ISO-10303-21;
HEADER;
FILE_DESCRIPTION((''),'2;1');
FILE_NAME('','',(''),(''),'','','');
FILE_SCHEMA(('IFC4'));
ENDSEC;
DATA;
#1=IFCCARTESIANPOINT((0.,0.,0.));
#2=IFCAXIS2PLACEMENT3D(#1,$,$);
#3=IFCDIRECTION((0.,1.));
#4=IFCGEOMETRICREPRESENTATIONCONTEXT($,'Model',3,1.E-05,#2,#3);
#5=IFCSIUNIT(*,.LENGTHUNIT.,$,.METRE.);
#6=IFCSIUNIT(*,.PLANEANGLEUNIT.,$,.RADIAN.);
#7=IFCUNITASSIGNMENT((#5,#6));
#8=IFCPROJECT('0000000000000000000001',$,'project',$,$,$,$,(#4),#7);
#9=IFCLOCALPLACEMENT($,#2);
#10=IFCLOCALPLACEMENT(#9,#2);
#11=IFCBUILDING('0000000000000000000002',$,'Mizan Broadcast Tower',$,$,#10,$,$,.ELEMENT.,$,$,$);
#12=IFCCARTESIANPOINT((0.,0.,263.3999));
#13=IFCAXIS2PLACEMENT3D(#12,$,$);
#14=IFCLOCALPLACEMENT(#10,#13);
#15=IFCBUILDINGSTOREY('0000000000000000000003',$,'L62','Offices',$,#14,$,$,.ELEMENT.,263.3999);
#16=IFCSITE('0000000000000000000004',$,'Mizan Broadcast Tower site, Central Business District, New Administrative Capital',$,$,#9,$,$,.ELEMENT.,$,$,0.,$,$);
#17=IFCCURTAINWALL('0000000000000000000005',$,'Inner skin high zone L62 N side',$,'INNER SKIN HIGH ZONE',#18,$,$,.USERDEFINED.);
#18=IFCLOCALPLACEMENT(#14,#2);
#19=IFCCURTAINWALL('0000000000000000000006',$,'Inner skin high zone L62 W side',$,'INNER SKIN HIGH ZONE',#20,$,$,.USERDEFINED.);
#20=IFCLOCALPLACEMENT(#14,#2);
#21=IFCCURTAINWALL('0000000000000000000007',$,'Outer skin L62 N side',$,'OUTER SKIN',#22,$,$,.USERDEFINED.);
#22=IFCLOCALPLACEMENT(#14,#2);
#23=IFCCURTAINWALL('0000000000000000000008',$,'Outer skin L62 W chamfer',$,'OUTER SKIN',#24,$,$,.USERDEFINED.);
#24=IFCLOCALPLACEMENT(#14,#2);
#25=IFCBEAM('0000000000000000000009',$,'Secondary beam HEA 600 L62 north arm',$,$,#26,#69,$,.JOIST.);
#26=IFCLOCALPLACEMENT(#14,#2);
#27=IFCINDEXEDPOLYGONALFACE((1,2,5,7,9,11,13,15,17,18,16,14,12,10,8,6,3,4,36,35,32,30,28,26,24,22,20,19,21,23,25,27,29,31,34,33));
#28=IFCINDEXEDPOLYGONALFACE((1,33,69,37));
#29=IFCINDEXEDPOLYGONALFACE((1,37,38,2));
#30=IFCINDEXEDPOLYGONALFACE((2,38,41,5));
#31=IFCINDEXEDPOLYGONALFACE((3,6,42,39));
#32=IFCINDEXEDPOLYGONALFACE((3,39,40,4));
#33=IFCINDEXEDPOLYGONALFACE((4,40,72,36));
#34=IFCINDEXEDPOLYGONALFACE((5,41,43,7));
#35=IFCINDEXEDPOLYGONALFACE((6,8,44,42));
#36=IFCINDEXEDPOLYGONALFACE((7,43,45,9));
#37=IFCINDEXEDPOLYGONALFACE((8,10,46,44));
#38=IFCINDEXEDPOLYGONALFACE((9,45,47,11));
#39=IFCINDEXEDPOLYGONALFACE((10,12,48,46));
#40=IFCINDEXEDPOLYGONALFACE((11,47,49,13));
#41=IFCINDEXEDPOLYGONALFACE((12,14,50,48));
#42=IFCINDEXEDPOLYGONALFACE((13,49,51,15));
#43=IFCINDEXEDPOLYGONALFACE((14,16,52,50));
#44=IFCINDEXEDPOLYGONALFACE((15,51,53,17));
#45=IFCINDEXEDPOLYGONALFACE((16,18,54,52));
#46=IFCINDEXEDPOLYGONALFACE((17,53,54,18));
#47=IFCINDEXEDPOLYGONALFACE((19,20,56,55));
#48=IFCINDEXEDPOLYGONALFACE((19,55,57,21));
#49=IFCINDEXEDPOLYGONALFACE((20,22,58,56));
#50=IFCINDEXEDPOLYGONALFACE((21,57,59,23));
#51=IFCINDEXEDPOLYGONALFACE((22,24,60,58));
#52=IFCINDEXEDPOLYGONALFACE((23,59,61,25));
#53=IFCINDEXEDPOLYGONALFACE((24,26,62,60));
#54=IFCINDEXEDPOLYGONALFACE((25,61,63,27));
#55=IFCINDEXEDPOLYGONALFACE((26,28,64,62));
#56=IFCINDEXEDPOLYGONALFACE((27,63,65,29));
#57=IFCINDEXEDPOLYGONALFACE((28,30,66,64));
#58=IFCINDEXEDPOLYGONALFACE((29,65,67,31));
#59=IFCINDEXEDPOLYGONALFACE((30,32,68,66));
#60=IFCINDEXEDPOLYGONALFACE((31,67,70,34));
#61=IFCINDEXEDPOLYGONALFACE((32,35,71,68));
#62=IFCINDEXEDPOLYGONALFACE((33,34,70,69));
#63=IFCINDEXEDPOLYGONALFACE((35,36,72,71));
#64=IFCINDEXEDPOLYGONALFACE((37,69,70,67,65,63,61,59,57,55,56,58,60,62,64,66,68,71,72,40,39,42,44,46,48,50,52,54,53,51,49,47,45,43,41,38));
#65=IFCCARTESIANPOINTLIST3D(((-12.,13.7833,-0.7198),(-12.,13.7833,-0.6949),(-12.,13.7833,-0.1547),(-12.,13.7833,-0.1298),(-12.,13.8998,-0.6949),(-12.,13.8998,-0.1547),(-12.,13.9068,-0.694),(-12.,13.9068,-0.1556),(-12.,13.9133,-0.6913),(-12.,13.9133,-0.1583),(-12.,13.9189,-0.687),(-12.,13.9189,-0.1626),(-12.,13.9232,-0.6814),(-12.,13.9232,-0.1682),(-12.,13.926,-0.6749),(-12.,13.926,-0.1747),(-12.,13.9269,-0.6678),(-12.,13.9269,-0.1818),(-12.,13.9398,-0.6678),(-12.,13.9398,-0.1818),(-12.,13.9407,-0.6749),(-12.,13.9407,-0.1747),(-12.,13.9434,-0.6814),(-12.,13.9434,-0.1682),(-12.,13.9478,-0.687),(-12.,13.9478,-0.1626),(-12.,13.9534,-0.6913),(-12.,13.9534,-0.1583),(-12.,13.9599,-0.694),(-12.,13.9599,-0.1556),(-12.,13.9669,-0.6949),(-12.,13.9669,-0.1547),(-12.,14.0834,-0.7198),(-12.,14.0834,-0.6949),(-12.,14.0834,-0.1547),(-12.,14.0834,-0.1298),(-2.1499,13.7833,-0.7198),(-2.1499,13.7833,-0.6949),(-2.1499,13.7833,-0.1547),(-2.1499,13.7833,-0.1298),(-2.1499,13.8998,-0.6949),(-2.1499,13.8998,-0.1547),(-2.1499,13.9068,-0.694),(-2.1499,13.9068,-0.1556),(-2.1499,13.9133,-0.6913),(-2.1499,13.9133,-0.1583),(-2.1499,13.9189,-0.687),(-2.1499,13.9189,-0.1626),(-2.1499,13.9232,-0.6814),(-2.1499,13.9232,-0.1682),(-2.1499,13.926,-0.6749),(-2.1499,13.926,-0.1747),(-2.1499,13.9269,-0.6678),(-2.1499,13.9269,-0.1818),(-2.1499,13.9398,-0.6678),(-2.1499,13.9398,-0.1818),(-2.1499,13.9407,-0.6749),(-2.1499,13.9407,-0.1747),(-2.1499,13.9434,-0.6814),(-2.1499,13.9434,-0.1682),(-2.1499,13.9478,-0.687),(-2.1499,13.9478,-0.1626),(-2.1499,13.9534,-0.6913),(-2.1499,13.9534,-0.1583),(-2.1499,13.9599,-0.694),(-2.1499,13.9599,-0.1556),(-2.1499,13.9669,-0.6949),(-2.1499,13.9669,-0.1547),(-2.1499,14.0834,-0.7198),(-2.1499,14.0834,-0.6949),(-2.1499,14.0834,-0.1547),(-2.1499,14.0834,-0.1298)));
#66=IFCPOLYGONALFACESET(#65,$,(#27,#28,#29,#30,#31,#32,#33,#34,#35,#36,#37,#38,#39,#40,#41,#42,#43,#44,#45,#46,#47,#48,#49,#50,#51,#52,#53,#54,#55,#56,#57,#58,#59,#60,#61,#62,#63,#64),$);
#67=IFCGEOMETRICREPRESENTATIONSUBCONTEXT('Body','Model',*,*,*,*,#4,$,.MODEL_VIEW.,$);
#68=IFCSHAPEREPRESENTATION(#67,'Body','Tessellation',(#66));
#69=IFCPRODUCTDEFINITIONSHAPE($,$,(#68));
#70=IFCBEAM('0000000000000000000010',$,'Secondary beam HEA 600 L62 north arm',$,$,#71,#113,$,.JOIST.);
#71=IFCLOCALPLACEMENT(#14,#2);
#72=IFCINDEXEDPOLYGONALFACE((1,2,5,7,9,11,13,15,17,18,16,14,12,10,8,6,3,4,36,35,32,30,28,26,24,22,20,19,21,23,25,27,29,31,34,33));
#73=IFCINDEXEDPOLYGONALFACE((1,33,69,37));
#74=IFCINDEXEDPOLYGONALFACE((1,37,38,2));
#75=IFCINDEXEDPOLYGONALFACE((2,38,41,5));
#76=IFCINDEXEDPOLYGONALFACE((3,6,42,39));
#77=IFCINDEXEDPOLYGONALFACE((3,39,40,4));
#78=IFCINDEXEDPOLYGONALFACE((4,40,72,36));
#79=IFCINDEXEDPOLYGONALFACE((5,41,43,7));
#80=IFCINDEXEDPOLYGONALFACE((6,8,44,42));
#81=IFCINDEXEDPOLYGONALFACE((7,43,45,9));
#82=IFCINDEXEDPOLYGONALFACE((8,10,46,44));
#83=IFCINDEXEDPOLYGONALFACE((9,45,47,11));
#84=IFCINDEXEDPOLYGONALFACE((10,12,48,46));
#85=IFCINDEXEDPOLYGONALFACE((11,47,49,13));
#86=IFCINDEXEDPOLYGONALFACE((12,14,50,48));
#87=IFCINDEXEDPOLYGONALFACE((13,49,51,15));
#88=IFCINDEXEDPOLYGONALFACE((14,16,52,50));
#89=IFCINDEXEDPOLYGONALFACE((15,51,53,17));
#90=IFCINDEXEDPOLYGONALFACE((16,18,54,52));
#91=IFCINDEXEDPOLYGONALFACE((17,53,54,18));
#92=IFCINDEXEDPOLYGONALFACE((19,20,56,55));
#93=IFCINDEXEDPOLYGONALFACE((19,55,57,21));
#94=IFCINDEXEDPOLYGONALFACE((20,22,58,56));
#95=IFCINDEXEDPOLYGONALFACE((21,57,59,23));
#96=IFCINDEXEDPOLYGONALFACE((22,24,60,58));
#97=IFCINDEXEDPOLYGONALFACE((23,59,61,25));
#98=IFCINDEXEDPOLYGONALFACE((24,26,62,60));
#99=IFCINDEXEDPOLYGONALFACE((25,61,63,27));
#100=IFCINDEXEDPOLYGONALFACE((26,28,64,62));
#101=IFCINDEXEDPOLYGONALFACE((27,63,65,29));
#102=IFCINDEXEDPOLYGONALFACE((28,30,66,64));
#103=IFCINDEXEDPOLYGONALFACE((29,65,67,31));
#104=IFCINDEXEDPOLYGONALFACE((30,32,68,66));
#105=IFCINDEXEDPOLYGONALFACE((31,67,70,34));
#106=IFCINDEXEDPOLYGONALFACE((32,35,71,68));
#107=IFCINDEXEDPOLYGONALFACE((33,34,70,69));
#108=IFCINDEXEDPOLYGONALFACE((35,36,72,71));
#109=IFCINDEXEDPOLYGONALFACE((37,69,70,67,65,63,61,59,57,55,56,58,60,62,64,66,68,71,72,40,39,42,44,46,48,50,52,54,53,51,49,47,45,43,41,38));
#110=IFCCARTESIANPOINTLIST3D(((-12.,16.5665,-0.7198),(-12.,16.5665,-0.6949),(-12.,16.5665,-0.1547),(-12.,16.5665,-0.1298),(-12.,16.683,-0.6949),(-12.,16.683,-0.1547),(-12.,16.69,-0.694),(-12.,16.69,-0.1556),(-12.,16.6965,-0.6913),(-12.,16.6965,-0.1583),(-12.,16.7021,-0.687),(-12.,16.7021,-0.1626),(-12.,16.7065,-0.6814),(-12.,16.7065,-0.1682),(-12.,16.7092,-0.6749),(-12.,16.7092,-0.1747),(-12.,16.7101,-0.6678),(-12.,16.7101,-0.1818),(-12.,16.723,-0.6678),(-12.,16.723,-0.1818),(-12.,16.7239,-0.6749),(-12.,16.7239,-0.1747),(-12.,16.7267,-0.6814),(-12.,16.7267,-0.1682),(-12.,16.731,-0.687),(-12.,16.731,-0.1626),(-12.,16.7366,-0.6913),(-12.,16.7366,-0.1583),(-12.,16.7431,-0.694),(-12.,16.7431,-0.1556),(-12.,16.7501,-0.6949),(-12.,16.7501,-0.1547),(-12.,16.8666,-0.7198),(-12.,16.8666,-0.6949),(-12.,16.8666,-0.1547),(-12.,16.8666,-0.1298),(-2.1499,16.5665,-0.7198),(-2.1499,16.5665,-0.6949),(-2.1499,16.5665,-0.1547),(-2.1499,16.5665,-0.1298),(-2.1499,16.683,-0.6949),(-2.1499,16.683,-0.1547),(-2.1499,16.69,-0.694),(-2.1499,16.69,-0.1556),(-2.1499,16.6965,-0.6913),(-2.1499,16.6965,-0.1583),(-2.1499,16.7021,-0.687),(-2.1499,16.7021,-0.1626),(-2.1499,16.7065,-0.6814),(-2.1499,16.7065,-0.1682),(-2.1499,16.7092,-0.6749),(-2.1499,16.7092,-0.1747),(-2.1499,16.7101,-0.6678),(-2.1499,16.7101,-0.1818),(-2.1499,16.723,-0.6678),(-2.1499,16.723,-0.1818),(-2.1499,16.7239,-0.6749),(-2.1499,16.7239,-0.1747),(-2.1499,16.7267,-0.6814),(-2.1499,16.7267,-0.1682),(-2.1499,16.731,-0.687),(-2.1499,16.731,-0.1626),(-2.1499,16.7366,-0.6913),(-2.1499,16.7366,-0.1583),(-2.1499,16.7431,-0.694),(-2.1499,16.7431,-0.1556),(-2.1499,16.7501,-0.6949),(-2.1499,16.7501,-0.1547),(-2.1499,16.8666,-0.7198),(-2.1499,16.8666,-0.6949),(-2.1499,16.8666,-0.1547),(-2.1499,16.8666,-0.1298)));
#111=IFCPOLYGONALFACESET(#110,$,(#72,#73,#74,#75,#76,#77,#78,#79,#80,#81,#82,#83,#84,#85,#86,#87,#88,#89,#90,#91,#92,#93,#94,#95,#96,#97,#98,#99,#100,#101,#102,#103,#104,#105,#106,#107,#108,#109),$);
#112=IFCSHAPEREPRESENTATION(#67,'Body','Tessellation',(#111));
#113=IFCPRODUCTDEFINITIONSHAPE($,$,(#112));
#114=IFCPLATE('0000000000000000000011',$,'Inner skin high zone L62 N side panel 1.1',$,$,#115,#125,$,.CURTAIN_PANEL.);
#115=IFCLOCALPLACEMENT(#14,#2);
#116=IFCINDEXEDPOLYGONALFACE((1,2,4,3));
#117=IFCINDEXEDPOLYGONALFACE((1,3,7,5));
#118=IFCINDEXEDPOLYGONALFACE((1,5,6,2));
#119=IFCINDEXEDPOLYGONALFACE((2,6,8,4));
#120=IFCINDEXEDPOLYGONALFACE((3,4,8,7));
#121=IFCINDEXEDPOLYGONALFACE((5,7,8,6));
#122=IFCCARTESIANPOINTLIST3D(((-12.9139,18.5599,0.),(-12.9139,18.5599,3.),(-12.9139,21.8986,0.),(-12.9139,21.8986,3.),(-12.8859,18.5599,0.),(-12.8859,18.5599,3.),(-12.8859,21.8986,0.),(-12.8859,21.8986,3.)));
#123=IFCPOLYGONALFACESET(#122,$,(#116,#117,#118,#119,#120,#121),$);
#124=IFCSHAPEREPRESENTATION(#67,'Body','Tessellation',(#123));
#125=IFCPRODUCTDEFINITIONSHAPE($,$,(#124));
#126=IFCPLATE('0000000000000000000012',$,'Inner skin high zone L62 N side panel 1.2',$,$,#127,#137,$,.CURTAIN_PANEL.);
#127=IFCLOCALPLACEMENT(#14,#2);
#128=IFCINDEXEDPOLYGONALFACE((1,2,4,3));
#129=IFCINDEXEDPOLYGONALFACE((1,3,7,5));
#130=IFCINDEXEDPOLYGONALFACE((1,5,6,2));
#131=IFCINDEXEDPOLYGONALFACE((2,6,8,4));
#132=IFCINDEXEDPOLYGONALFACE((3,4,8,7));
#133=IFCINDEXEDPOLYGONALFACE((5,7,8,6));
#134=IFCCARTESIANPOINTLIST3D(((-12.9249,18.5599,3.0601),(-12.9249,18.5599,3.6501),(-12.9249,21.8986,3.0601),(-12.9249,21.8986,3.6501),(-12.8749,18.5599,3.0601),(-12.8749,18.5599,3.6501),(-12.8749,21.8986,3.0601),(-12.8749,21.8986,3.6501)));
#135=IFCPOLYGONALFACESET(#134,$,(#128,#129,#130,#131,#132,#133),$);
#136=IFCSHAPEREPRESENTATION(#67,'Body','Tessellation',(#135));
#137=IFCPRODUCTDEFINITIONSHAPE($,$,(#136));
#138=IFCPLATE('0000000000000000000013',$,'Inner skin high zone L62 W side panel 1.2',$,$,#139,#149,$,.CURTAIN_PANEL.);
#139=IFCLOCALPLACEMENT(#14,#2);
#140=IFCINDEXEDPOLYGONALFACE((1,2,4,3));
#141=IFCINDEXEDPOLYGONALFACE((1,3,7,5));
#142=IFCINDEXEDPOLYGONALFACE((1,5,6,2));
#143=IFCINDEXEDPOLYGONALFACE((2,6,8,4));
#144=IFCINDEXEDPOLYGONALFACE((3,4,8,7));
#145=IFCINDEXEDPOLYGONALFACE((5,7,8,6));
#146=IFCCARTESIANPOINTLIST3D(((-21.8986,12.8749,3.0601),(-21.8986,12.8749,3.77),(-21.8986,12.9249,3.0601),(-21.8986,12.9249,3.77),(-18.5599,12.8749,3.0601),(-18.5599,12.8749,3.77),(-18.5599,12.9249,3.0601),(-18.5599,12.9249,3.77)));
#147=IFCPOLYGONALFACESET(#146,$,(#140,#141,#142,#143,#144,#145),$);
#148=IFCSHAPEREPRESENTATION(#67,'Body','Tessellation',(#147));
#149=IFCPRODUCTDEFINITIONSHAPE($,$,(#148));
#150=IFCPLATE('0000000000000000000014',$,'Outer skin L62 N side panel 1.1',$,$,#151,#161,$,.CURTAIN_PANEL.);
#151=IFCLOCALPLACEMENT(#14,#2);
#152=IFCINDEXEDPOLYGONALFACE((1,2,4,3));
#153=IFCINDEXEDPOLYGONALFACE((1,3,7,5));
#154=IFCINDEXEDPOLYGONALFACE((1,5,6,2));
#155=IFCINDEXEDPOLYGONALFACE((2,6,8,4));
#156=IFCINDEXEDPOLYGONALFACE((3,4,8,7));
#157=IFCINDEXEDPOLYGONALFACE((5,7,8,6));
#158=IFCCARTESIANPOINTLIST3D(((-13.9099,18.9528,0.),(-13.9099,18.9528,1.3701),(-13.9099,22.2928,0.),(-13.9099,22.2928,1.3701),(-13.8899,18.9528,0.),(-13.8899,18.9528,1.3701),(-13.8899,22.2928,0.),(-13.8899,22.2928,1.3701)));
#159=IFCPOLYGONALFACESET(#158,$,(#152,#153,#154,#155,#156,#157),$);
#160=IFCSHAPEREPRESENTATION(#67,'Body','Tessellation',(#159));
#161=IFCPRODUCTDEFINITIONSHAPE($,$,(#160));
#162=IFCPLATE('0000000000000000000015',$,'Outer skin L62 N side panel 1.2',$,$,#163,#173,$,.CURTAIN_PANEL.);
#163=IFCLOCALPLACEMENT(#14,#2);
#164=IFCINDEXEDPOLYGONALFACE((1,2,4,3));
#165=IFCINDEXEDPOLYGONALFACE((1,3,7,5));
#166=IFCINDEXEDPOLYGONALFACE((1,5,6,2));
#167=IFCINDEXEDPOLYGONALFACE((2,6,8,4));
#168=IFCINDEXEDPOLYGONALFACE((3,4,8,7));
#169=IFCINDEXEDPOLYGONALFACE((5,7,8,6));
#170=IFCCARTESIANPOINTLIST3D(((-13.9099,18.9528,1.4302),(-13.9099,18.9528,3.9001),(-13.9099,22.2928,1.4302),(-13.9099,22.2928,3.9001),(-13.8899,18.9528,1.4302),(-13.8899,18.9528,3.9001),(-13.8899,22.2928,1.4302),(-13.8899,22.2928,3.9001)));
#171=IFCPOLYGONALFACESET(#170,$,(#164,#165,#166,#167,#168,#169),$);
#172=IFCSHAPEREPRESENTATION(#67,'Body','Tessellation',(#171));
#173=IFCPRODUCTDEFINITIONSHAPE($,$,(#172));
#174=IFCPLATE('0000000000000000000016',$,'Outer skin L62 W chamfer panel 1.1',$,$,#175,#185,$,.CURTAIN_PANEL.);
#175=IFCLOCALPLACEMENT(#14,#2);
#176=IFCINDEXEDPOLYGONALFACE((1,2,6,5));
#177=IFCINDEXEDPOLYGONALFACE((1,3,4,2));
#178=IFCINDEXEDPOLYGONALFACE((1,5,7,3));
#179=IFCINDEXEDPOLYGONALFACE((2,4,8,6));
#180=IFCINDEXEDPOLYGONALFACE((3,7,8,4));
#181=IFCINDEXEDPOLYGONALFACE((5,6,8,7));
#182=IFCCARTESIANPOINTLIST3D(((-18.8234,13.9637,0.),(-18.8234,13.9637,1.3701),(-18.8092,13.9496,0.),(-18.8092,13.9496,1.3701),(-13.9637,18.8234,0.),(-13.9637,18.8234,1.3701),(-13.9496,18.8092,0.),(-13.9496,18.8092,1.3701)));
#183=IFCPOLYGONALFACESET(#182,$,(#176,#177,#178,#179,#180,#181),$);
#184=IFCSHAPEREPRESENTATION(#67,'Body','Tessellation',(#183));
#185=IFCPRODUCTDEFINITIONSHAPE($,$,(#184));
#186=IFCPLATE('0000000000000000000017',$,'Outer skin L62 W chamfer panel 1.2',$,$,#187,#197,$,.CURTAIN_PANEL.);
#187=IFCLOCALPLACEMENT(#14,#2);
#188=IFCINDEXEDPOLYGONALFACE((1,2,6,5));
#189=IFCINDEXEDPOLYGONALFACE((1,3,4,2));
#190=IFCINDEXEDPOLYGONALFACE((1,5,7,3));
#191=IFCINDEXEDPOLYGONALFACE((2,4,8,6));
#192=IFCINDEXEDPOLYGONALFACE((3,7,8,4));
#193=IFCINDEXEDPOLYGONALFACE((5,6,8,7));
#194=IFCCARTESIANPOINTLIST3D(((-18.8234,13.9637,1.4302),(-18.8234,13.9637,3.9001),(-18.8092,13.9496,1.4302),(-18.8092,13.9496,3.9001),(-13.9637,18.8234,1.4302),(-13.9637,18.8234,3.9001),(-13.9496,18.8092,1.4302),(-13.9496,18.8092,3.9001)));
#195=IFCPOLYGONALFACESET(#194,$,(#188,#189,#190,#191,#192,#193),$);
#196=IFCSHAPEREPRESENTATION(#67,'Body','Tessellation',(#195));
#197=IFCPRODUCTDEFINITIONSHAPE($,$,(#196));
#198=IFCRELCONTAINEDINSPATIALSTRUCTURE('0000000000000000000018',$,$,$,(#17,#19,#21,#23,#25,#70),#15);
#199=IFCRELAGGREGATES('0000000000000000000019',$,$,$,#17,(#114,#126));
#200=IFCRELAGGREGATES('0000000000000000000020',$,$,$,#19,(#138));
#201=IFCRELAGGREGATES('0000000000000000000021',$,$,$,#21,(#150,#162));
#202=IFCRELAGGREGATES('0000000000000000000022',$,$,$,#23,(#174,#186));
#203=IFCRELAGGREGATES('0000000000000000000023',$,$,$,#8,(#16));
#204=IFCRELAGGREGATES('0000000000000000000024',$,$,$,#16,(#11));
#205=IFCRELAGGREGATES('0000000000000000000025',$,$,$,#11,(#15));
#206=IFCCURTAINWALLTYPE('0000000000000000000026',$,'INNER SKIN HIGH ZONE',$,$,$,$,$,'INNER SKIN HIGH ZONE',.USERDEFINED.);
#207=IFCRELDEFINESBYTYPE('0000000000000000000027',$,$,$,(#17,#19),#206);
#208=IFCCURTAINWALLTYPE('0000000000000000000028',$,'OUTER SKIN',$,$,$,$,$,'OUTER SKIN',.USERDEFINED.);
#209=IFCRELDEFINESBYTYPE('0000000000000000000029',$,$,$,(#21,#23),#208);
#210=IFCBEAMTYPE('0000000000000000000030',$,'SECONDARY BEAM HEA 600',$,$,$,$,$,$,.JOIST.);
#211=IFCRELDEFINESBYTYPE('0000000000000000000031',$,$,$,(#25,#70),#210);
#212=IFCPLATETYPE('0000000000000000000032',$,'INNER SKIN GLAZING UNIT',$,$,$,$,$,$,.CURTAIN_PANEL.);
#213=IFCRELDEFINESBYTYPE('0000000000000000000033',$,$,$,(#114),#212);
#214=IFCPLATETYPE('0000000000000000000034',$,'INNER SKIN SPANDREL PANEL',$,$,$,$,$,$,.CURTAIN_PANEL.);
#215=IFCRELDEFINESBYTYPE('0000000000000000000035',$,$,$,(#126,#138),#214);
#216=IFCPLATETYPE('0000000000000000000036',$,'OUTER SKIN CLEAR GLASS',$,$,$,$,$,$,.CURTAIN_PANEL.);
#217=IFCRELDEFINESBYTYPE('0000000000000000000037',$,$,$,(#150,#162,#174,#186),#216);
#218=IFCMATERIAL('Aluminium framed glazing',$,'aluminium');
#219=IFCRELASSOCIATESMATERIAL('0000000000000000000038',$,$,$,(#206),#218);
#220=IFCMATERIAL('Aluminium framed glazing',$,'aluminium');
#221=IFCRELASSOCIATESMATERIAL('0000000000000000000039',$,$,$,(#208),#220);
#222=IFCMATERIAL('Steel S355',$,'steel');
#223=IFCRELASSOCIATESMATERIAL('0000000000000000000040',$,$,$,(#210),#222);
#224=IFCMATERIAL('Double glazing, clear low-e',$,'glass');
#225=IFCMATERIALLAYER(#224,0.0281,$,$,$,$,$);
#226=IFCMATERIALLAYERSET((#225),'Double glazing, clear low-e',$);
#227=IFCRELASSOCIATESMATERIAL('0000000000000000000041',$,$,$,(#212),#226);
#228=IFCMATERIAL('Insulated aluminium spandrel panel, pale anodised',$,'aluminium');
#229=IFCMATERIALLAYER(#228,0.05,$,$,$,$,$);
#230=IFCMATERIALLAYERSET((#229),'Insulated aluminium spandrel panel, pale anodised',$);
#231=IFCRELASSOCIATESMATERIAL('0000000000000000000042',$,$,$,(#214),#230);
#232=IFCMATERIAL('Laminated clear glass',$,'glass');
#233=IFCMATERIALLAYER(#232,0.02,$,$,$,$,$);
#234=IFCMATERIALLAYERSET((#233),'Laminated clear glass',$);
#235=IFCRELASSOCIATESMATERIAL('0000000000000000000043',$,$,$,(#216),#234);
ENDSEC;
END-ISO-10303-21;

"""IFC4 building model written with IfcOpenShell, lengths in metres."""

from ifc_helpers import new_model, si_unit, direction, frame, origin, origin_2d, place, context, subcontext, project, spatial, rectangle, i_section, extrude, material, layer, layer_set, material_profile, profile_set, type_object, element, aggregate, save


model = new_model("IFC4")

# Units and contexts
model_context = context("Model", 3, precision=1e-05, world=origin(), true_north=direction((0.0, 1.0)))
body_context = subcontext(model_context, "Body", "Model", "MODEL_VIEW")
ifc_project = project(units=[si_unit("LENGTHUNIT", "METRE"), si_unit("PLANEANGLEUNIT", "RADIAN")], contexts=[model_context])

# Site, building, storey
site_placement = place(None, origin())
site = spatial("IfcSite", under=ifc_project, at=site_placement, Name="Mizan Broadcast Tower site, Central Business District, New Administrative Capital", CompositionType="ELEMENT", RefElevation=0.0)
building_placement = place(site_placement, origin())
building = spatial("IfcBuilding", under=site, at=building_placement, Name="Mizan Broadcast Tower", CompositionType="ELEMENT")
storey_placement = place(building_placement, frame((0.0, 0.0, 263.3999)))
storey = spatial("IfcBuildingStorey", under=building, at=storey_placement, Name="L62", Description="Offices", CompositionType="ELEMENT", Elevation=263.3999)

# Shared definitions
ifc_material_1 = material(Name="Aluminium framed glazing", Category="aluminium")
curtain_wall_type_1 = type_object("IfcCurtainWallType", Name="INNER SKIN HIGH ZONE", ElementType="INNER SKIN HIGH ZONE", PredefinedType="USERDEFINED", material=ifc_material_1)

# Curtain wall
curtain_wall_1_placement = place(storey_placement, origin())
curtain_wall_1 = element("IfcCurtainWall", 1, at=curtain_wall_1_placement, inside=storey, type_object=curtain_wall_type_1, Name="Inner skin high zone L62 N side", ObjectType="INNER SKIN HIGH ZONE", PredefinedType="USERDEFINED")

# Curtain walls
curtain_wall_2_placement = place(storey_placement, origin())
curtain_wall_2 = element("IfcCurtainWall", 2, at=curtain_wall_2_placement, inside=storey, type_object=curtain_wall_type_1, Name="Inner skin high zone L62 W side", ObjectType="INNER SKIN HIGH ZONE", PredefinedType="USERDEFINED")
ifc_material_2 = material(Name="Aluminium framed glazing", Category="aluminium")
curtain_wall_type_2 = type_object("IfcCurtainWallType", Name="OUTER SKIN", ElementType="OUTER SKIN", PredefinedType="USERDEFINED", material=ifc_material_2)
curtain_wall_3_placement = place(storey_placement, origin())
curtain_wall_3 = element("IfcCurtainWall", 3, at=curtain_wall_3_placement, inside=storey, type_object=curtain_wall_type_2, Name="Outer skin L62 N side", ObjectType="OUTER SKIN", PredefinedType="USERDEFINED")
curtain_wall_4_placement = place(storey_placement, origin())
curtain_wall_4 = element("IfcCurtainWall", 4, at=curtain_wall_4_placement, inside=storey, type_object=curtain_wall_type_2, Name="Outer skin L62 W chamfer", ObjectType="OUTER SKIN", PredefinedType="USERDEFINED")

# Beams
ifc_material_3 = material(Name="Steel S355", Category="steel")
ifc_material_profile_1 = material_profile(ifc_material_3, i_section(OverallWidth=0.3, OverallDepth=0.5901, WebThickness=0.0129, FlangeThickness=0.0249, FilletRadius=0.0271, at=origin_2d()), Name="HEA 600")
ifc_profile_set_1 = profile_set([ifc_material_profile_1], Name="Steel S355")
beam_type = type_object("IfcBeamType", Name="SECONDARY BEAM HEA 600", PredefinedType="JOIST", material=ifc_profile_set_1)
for number, where, z_axis, x_axis, name in (
    (5, (-12.0, 13.9333, -0.4248), (1.0, 0.0, 0.0), (0.0, 1.0, 0.0), "Secondary beam HEA 600 L62 north arm"),
    (6, (-12.0, 16.7166, -0.4248), (1.0, 0.0, 0.0), (0.0, 1.0, 0.0), "Secondary beam HEA 600 L62 north arm"),
):
    element("IfcBeam", number, at=place(storey_placement, frame(where, z_axis=z_axis, x_axis=x_axis)), inside=storey, type_object=beam_type, Name=name, PredefinedType="JOIST", context=body_context, shape_type="SweptSolid", body=[
        extrude(i_section(OverallWidth=0.3, OverallDepth=0.5901, WebThickness=0.0129, FlangeThickness=0.0249, FilletRadius=0.0271, at=origin_2d()), origin(), (0.0, 0.0, 1.0), 9.8501),
    ])

# Plates
ifc_material_4 = material(Name="Double glazing, clear low-e", Category="glass")
ifc_layer_1 = layer(ifc_material_4, 0.0281)
ifc_layer_set_1 = layer_set([ifc_layer_1], Name="Double glazing, clear low-e")
plate_type_1 = type_object("IfcPlateType", Name="INNER SKIN GLAZING UNIT", PredefinedType="CURTAIN_PANEL", material=ifc_layer_set_1)
plate_1_placement = place(storey_placement, frame((-12.8999, 20.2292, 0.0), z_axis=(0.0, 0.0, 1.0), x_axis=(0.0, -1.0, 0.0)))
plate_1 = element("IfcPlate", 7, at=plate_1_placement, type_object=plate_type_1, Name="Inner skin high zone L62 N side panel 1.1", PredefinedType="CURTAIN_PANEL", context=body_context, shape_type="SweptSolid", body=[
    extrude(rectangle(XDim=3.3386, YDim=0.0281, at=origin_2d()), origin(), (0.0, 0.0, 1.0), 3.0),
])
ifc_material_5 = material(Name="Insulated aluminium spandrel panel, pale anodised", Category="aluminium")
ifc_layer_2 = layer(ifc_material_5, 0.05)
ifc_layer_set_2 = layer_set([ifc_layer_2], Name="Insulated aluminium spandrel panel, pale anodised")
plate_type_2 = type_object("IfcPlateType", Name="INNER SKIN SPANDREL PANEL", PredefinedType="CURTAIN_PANEL", material=ifc_layer_set_2)
plate_2_placement = place(storey_placement, frame((-12.8999, 20.2292, 3.0601), z_axis=(0.0, 0.0, 1.0), x_axis=(0.0, -1.0, 0.0)))
plate_2 = element("IfcPlate", 8, at=plate_2_placement, type_object=plate_type_2, Name="Inner skin high zone L62 N side panel 1.2", PredefinedType="CURTAIN_PANEL", context=body_context, shape_type="SweptSolid", body=[
    extrude(rectangle(XDim=3.3386, YDim=0.05, at=origin_2d()), origin(), (0.0, 0.0, 1.0), 0.5901),
])
aggregate(curtain_wall_1, [plate_1, plate_2])
plate_3_placement = place(storey_placement, frame((-20.2292, 12.8999, 3.0601), z_axis=(0.0, 0.0, 1.0), x_axis=(-1.0, 0.0, 0.0)))
plate_3 = element("IfcPlate", 9, at=plate_3_placement, type_object=plate_type_2, Name="Inner skin high zone L62 W side panel 1.2", PredefinedType="CURTAIN_PANEL", context=body_context, shape_type="SweptSolid", body=[
    extrude(rectangle(XDim=3.3386, YDim=0.05, at=origin_2d()), origin(), (0.0, 0.0, 1.0), 0.71),
])
aggregate(curtain_wall_2, [plate_3])
ifc_material_6 = material(Name="Laminated clear glass", Category="glass")
ifc_layer_3 = layer(ifc_material_6, 0.02)
ifc_layer_set_3 = layer_set([ifc_layer_3], Name="Laminated clear glass")
plate_type_3 = type_object("IfcPlateType", Name="OUTER SKIN CLEAR GLASS", PredefinedType="CURTAIN_PANEL", material=ifc_layer_set_3)
plate_4_placement = place(storey_placement, frame((-13.8999, 20.6228, 0.0), z_axis=(0.0, 0.0, 1.0), x_axis=(0.0, -1.0, 0.0)))
plate_4 = element("IfcPlate", 10, at=plate_4_placement, type_object=plate_type_3, Name="Outer skin L62 N side panel 1.1", PredefinedType="CURTAIN_PANEL", context=body_context, shape_type="SweptSolid", body=[
    extrude(rectangle(XDim=3.3401, YDim=0.02, at=origin_2d()), origin(), (0.0, 0.0, 1.0), 1.3701),
])
plate_5_placement = place(storey_placement, frame((-13.8999, 20.6228, 1.4302), z_axis=(0.0, 0.0, 1.0), x_axis=(0.0, -1.0, 0.0)))
plate_5 = element("IfcPlate", 11, at=plate_5_placement, type_object=plate_type_3, Name="Outer skin L62 N side panel 1.2", PredefinedType="CURTAIN_PANEL", context=body_context, shape_type="SweptSolid", body=[
    extrude(rectangle(XDim=3.3401, YDim=0.02, at=origin_2d()), origin(), (0.0, 0.0, 1.0), 2.47),
])
aggregate(curtain_wall_3, [plate_4, plate_5])
plate_6_placement = place(storey_placement, frame((-16.3865, 16.3865, 0.0), z_axis=(0.0, 0.0, 1.0), x_axis=(-0.707107, -0.707107, 0.0)))
plate_6 = element("IfcPlate", 12, at=plate_6_placement, type_object=plate_type_3, Name="Outer skin L62 W chamfer panel 1.1", PredefinedType="CURTAIN_PANEL", context=body_context, shape_type="SweptSolid", body=[
    extrude(rectangle(XDim=6.8726, YDim=0.02, at=origin_2d()), origin(), (0.0, 0.0, 1.0), 1.3701),
])
plate_7_placement = place(storey_placement, frame((-16.3865, 16.3865, 1.4302), z_axis=(0.0, 0.0, 1.0), x_axis=(-0.707107, -0.707107, 0.0)))
plate_7 = element("IfcPlate", 13, at=plate_7_placement, type_object=plate_type_3, Name="Outer skin L62 W chamfer panel 1.2", PredefinedType="CURTAIN_PANEL", context=body_context, shape_type="SweptSolid", body=[
    extrude(rectangle(XDim=6.8726, YDim=0.02, at=origin_2d()), origin(), (0.0, 0.0, 1.0), 2.47),
])
aggregate(curtain_wall_4, [plate_6, plate_7])

save(model, "model.ifc")
